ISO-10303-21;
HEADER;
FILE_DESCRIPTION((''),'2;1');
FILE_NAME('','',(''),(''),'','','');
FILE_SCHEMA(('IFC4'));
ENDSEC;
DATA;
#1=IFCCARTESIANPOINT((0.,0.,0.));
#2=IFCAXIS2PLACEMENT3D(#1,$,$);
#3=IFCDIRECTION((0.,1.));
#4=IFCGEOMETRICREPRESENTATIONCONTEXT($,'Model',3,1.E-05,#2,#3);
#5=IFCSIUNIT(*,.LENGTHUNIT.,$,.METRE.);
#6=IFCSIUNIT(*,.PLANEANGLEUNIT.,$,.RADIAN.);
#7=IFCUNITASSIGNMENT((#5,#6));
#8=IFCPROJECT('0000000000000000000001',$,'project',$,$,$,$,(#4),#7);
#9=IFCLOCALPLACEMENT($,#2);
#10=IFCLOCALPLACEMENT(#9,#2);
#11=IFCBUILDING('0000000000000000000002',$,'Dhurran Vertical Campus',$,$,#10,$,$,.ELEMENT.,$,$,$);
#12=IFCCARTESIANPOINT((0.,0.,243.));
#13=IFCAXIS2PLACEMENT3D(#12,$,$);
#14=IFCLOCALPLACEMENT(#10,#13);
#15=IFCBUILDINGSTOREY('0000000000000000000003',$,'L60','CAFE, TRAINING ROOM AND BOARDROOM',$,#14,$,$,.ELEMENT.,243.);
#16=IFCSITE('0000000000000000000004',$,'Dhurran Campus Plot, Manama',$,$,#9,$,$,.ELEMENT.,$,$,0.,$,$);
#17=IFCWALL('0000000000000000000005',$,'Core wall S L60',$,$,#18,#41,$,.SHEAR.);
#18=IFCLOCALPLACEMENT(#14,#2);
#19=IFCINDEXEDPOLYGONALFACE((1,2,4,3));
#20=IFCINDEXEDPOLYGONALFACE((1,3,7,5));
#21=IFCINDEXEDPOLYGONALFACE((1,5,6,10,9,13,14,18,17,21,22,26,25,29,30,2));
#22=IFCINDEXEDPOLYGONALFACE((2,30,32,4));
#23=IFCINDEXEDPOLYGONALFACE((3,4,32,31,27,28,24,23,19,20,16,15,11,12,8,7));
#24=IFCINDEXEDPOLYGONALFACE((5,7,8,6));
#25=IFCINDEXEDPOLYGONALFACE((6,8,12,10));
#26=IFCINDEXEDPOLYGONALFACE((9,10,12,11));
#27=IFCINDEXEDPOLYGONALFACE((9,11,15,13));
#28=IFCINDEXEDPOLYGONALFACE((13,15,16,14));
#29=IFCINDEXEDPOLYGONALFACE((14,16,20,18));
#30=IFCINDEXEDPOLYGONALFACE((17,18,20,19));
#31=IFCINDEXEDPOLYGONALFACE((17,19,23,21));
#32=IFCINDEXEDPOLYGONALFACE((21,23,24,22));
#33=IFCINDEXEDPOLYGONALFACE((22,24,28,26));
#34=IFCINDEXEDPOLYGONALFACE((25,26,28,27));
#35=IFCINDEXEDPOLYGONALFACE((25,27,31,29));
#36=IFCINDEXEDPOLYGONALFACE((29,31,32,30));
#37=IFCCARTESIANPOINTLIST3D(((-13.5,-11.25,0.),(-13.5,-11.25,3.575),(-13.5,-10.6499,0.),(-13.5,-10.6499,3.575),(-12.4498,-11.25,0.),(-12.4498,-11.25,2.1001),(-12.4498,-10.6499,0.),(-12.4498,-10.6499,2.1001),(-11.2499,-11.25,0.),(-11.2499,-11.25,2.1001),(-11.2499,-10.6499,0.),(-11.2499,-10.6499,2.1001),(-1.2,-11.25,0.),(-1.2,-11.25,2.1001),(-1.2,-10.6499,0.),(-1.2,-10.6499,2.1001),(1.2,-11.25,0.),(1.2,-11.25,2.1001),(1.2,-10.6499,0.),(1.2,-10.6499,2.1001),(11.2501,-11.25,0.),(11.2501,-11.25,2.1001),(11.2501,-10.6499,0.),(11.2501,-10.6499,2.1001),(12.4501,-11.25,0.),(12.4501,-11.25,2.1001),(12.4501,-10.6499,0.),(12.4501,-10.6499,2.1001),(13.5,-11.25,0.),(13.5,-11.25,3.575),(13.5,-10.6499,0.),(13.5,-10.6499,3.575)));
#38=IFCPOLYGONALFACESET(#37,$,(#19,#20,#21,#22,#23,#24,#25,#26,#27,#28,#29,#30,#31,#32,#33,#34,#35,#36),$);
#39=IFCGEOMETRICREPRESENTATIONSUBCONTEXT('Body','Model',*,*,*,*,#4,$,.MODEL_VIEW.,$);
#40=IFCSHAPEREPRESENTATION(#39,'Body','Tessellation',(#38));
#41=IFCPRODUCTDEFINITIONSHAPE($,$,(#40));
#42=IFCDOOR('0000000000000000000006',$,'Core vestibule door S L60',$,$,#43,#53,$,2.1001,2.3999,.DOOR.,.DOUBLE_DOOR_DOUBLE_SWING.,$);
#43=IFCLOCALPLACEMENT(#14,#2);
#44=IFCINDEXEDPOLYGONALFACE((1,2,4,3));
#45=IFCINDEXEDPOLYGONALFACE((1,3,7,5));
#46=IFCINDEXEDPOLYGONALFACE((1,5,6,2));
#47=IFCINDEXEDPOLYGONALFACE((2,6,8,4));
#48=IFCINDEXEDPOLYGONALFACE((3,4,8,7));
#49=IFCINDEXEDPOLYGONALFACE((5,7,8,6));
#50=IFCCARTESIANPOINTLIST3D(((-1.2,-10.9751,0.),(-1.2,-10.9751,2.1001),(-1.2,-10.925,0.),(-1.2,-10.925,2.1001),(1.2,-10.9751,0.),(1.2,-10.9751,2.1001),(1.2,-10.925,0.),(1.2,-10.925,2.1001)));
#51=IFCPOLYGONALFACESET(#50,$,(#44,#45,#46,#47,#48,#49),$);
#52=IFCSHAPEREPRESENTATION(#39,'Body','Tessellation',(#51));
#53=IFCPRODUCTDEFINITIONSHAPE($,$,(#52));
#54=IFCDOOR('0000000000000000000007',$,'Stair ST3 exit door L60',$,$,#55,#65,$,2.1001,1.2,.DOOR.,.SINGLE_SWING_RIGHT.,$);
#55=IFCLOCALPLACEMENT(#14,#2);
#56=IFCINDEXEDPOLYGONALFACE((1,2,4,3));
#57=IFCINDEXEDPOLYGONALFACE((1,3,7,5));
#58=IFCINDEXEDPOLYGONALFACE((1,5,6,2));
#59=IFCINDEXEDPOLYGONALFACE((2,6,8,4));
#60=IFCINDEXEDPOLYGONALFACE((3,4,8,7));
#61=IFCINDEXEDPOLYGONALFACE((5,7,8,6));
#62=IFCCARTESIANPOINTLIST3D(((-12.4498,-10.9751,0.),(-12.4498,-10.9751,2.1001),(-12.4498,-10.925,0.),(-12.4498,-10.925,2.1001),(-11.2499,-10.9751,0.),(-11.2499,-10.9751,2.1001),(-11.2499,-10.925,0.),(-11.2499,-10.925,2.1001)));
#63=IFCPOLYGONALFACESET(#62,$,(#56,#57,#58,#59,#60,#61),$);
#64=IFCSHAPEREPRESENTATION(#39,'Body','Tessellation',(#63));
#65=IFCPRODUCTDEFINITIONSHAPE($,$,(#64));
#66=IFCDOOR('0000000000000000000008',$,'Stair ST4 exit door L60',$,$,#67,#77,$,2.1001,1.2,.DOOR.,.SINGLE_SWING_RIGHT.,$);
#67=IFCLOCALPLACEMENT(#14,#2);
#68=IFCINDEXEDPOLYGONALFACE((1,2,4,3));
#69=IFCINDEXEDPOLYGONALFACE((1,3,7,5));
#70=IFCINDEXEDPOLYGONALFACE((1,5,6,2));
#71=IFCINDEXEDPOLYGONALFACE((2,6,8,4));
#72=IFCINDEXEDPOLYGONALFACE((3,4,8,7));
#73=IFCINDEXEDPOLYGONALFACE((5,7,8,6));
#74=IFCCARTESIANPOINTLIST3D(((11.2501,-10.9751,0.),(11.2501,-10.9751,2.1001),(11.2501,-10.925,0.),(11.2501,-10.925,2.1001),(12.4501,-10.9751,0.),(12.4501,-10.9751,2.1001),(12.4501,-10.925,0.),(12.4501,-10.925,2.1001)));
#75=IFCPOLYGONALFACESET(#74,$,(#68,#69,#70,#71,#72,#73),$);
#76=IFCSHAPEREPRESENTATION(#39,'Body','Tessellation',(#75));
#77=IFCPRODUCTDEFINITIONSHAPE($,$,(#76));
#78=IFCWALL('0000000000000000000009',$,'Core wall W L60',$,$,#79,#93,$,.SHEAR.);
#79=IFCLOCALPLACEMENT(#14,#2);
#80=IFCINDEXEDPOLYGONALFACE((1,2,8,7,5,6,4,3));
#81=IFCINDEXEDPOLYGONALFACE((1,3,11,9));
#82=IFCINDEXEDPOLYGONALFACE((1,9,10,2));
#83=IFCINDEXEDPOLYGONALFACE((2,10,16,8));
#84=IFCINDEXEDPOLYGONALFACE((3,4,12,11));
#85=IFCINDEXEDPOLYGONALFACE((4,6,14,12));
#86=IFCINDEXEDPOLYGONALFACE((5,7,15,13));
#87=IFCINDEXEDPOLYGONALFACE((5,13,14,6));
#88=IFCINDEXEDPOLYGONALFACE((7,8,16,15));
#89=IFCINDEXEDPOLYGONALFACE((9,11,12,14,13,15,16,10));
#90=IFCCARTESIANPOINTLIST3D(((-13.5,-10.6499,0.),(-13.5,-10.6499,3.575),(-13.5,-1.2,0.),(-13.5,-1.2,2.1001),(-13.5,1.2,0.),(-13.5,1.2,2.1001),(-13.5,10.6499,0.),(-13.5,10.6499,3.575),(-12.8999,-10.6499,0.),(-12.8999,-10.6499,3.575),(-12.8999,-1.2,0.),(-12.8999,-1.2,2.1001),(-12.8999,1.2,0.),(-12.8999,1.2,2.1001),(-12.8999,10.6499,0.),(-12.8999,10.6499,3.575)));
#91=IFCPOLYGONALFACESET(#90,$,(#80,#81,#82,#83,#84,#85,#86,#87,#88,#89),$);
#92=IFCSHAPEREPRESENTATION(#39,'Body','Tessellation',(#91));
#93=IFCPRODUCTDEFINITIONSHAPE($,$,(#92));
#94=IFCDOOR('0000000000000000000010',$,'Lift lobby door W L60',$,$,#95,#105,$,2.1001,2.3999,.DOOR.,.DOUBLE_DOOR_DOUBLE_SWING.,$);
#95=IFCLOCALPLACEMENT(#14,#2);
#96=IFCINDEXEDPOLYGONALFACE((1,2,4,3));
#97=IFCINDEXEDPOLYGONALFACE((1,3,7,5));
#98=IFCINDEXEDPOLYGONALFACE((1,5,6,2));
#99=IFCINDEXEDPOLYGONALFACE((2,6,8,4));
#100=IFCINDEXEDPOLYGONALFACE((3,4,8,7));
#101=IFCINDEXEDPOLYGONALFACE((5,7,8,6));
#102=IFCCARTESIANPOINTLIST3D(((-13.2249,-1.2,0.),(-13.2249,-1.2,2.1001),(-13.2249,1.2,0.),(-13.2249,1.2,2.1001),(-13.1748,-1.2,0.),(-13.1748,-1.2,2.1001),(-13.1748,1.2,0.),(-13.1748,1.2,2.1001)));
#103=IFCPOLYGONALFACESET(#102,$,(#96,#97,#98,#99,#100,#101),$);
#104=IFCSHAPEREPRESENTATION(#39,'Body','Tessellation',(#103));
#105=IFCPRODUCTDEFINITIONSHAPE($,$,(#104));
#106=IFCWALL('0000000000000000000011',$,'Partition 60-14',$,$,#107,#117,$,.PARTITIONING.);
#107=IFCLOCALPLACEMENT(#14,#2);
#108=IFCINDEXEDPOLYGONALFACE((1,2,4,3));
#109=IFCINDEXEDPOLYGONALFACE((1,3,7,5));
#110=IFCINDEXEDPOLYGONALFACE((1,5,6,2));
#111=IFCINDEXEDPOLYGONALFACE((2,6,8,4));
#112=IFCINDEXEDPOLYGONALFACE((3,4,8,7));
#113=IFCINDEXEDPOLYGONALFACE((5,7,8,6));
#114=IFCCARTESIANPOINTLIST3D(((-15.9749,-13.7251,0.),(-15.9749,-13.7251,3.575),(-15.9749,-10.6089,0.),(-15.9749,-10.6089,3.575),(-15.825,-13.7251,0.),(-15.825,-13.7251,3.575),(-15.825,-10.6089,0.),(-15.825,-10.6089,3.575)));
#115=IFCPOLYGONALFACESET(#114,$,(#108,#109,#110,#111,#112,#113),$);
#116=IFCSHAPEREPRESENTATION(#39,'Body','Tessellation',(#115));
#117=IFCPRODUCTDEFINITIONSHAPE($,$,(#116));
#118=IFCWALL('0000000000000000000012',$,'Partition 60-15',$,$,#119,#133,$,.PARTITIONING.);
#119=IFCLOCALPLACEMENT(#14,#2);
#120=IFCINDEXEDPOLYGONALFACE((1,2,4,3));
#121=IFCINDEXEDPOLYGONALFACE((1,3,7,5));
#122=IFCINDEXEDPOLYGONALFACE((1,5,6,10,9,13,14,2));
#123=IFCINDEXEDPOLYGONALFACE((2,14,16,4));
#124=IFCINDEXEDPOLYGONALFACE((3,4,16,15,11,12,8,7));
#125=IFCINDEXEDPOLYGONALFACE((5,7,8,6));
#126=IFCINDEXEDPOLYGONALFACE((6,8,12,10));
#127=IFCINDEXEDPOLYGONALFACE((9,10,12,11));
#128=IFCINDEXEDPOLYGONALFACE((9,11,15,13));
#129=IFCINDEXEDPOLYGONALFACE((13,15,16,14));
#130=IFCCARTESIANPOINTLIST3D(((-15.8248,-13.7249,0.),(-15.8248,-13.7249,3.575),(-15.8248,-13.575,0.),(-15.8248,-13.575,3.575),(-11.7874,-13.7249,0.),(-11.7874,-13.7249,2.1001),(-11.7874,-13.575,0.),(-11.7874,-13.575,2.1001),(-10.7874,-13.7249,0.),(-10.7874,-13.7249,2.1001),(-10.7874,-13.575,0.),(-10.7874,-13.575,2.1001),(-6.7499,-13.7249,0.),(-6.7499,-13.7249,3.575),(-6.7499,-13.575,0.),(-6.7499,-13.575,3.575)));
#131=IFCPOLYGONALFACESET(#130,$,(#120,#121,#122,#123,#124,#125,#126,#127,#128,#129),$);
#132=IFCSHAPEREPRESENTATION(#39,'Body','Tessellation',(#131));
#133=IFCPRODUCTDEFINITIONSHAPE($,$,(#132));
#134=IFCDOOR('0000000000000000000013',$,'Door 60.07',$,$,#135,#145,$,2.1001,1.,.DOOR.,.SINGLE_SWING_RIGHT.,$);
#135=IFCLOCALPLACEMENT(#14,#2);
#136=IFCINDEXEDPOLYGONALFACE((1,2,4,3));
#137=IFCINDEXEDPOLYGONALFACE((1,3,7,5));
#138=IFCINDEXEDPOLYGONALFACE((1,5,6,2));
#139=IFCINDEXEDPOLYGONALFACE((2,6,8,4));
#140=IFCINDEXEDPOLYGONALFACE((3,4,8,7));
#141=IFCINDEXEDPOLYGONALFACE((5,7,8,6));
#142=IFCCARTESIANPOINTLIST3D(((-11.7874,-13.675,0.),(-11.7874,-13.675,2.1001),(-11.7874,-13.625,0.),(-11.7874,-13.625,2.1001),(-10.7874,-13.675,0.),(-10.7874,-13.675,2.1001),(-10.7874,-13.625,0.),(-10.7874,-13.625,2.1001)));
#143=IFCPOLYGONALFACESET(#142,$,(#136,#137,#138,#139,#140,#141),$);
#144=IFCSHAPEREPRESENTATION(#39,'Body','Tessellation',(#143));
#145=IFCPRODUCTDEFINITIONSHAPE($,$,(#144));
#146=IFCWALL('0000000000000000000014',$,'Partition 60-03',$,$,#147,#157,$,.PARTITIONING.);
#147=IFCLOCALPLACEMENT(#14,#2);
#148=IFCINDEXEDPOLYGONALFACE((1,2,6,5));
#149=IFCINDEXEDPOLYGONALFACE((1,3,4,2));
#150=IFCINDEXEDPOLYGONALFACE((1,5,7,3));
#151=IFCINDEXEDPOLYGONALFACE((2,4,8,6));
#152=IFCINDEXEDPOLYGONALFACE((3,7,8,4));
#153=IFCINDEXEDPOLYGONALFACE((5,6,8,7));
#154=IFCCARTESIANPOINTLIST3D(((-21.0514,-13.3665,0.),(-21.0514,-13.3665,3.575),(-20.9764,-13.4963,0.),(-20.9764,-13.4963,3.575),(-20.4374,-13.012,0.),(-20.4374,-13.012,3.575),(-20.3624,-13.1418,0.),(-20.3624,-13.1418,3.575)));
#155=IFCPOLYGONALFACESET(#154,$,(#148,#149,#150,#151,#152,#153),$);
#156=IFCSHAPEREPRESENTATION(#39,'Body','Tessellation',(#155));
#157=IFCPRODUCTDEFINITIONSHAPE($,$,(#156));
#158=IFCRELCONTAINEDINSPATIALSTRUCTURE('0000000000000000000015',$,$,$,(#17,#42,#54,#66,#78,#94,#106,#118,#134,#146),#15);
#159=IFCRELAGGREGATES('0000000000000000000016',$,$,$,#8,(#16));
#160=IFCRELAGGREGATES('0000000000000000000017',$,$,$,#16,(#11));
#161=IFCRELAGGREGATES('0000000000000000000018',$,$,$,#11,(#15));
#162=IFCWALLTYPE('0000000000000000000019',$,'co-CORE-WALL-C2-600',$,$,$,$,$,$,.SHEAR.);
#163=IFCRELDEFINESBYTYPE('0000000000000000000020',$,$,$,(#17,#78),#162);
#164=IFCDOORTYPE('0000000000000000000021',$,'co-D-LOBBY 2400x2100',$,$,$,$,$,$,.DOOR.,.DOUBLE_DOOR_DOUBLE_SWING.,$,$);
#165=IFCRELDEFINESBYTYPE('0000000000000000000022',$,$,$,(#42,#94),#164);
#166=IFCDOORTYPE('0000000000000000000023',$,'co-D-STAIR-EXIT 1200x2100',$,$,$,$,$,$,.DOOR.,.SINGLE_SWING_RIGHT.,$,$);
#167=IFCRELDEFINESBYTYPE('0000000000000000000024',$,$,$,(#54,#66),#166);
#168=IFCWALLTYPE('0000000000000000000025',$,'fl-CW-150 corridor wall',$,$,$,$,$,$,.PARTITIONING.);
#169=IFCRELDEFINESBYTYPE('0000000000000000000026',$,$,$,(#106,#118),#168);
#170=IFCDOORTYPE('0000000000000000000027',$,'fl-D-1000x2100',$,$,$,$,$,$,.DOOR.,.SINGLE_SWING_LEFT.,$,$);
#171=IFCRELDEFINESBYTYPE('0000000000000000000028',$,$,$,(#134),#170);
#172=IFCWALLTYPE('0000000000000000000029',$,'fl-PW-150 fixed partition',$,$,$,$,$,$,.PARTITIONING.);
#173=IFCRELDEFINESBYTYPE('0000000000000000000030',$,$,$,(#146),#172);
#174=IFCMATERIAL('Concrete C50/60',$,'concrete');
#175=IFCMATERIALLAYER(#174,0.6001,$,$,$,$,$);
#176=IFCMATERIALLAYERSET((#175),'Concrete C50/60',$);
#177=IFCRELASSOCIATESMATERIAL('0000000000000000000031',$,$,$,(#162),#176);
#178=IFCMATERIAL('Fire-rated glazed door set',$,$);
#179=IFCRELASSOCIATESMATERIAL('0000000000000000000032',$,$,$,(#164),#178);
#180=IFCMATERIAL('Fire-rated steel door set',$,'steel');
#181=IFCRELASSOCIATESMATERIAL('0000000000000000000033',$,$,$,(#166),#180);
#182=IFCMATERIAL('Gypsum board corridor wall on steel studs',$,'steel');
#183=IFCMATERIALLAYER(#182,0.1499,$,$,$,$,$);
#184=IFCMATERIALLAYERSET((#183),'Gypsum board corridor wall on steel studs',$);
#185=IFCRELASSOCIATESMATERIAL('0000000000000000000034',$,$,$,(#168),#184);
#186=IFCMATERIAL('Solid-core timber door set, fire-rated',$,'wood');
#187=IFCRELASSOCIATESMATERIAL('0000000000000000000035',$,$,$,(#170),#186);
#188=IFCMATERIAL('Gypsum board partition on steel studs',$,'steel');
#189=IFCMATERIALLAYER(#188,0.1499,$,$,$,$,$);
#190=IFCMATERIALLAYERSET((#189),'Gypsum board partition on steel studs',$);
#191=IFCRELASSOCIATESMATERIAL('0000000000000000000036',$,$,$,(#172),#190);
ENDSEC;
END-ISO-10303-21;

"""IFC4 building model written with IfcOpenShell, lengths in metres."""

from ifc_helpers import new_model, si_unit, direction, frame, frame_2d, origin, place, context, subcontext, project, spatial, rectangle, extrude, material, layer, layer_set, type_object, element, fill, save


model = new_model("IFC4")

# Units and contexts
model_context = context("Model", 3, precision=1e-05, world=origin(), true_north=direction((0.0, 1.0)))
body_context = subcontext(model_context, "Body", "Model", "MODEL_VIEW")
ifc_project = project(units=[si_unit("LENGTHUNIT", "METRE"), si_unit("PLANEANGLEUNIT", "RADIAN")], contexts=[model_context])

# Site, building, storey
site_placement = place(None, origin())
site = spatial("IfcSite", under=ifc_project, at=site_placement, Name="Dhurran Campus Plot, Manama", CompositionType="ELEMENT", RefElevation=0.0)
building_placement = place(site_placement, origin())
building = spatial("IfcBuilding", under=site, at=building_placement, Name="Dhurran Vertical Campus", CompositionType="ELEMENT")
storey_placement = place(building_placement, frame((0.0, 0.0, 243.0)))
storey = spatial("IfcBuildingStorey", under=building, at=storey_placement, Name="L60", Description="CAFE, TRAINING ROOM AND BOARDROOM", CompositionType="ELEMENT", Elevation=243.0)

# Wall, openings, doors
ifc_material_1 = material(Name="Concrete C50/60", Category="concrete")
ifc_layer_1 = layer(ifc_material_1, 0.6001)
ifc_layer_set_1 = layer_set([ifc_layer_1], Name="Concrete C50/60")
wall_type_1 = type_object("IfcWallType", Name="co-CORE-WALL-C2-600", PredefinedType="SHEAR", material=ifc_layer_set_1)
wall_1_placement = place(storey_placement, frame((-13.5, -10.95, 0.0), z_axis=(0.0, 0.0, 1.0), x_axis=(1.0, 0.0, 0.0)))
wall_1 = element("IfcWall", 1, at=wall_1_placement, inside=storey, type_object=wall_type_1, Name="Core wall S L60", PredefinedType="SHEAR", context=body_context, shape_type="SweptSolid", body=[
    extrude(rectangle(XDim=27.0, YDim=0.6001, at=frame_2d((13.5, 0.0))), origin(), (0.0, 0.0, 1.0), 3.575),
])
opening_1_placement = place(wall_1_placement, frame((12.3, 0.0, 0.0)))
opening_1 = element("IfcOpeningElement", 2, at=opening_1_placement, cuts=wall_1, PredefinedType="OPENING", context=body_context, shape_type="SweptSolid", body=[
    extrude(rectangle(XDim=2.3999, YDim=2.1001, at=frame_2d((1.2, 1.05))), frame((0.0, 0.3101, 0.0), z_axis=(0.0, -1.0, 0.0), x_axis=(1.0, 0.0, 0.0)), (0.0, 0.0, 1.0), 0.6201),
])
opening_2_placement = place(wall_1_placement, frame((1.05, 0.0, 0.0)))
opening_2 = element("IfcOpeningElement", 3, at=opening_2_placement, cuts=wall_1, PredefinedType="OPENING", context=body_context, shape_type="SweptSolid", body=[
    extrude(rectangle(XDim=1.2, YDim=2.1001, at=frame_2d((0.6001, 1.05))), frame((0.0, 0.3101, 0.0), z_axis=(0.0, -1.0, 0.0), x_axis=(1.0, 0.0, 0.0)), (0.0, 0.0, 1.0), 0.6201),
])
opening_3_placement = place(wall_1_placement, frame((24.75, 0.0, 0.0)))
opening_3 = element("IfcOpeningElement", 4, at=opening_3_placement, cuts=wall_1, PredefinedType="OPENING", context=body_context, shape_type="SweptSolid", body=[
    extrude(rectangle(XDim=1.2, YDim=2.1001, at=frame_2d((0.6001, 1.05))), frame((0.0, 0.3101, 0.0), z_axis=(0.0, -1.0, 0.0), x_axis=(1.0, 0.0, 0.0)), (0.0, 0.0, 1.0), 0.6201),
])
ifc_material_2 = material(Name="Fire-rated glazed door set")
door_type_1 = type_object("IfcDoorType", Name="co-D-LOBBY 2400x2100", OperationType="DOUBLE_DOOR_DOUBLE_SWING", PredefinedType="DOOR", material=ifc_material_2)
door_1_placement = place(opening_1_placement, origin())
door_1 = element("IfcDoor", 5, at=door_1_placement, inside=storey, type_object=door_type_1, Name="Core vestibule door S L60", OperationType="DOUBLE_DOOR_DOUBLE_SWING", OverallHeight=2.1001, OverallWidth=2.3999, PredefinedType="DOOR", context=body_context, shape_type="SweptSolid", body=[
    extrude(rectangle(XDim=2.3999, YDim=2.1001, at=frame_2d((1.2, 1.05))), frame((0.0, 0.0249, 0.0), z_axis=(0.0, -1.0, 0.0), x_axis=(1.0, 0.0, 0.0)), (0.0, 0.0, 1.0), 0.05),
])
fill(opening_1, door_1)
ifc_material_3 = material(Name="Fire-rated steel door set", Category="steel")
door_type_2 = type_object("IfcDoorType", Name="co-D-STAIR-EXIT 1200x2100", OperationType="SINGLE_SWING_RIGHT", PredefinedType="DOOR", material=ifc_material_3)
door_2_placement = place(opening_2_placement, origin())
door_2 = element("IfcDoor", 6, at=door_2_placement, inside=storey, type_object=door_type_2, Name="Stair ST3 exit door L60", OperationType="SINGLE_SWING_RIGHT", OverallHeight=2.1001, OverallWidth=1.2, PredefinedType="DOOR", context=body_context, shape_type="SweptSolid", body=[
    extrude(rectangle(XDim=1.2, YDim=2.1001, at=frame_2d((0.6001, 1.05))), frame((0.0, 0.0249, 0.0), z_axis=(0.0, -1.0, 0.0), x_axis=(1.0, 0.0, 0.0)), (0.0, 0.0, 1.0), 0.05),
])
fill(opening_2, door_2)
door_3_placement = place(opening_3_placement, origin())
door_3 = element("IfcDoor", 7, at=door_3_placement, inside=storey, type_object=door_type_2, Name="Stair ST4 exit door L60", OperationType="SINGLE_SWING_RIGHT", OverallHeight=2.1001, OverallWidth=1.2, PredefinedType="DOOR", context=body_context, shape_type="SweptSolid", body=[
    extrude(rectangle(XDim=1.2, YDim=2.1001, at=frame_2d((0.6001, 1.05))), frame((0.0, 0.0249, 0.0), z_axis=(0.0, -1.0, 0.0), x_axis=(1.0, 0.0, 0.0)), (0.0, 0.0, 1.0), 0.05),
])
fill(opening_3, door_3)

# Wall, opening, door
wall_2_placement = place(storey_placement, frame((-13.2, -10.6499, 0.0), z_axis=(0.0, 0.0, 1.0), x_axis=(0.0, 1.0, 0.0)))
wall_2 = element("IfcWall", 8, at=wall_2_placement, inside=storey, type_object=wall_type_1, Name="Core wall W L60", PredefinedType="SHEAR", context=body_context, shape_type="SweptSolid", body=[
    extrude(rectangle(XDim=21.2998, YDim=0.6001, at=frame_2d((10.6499, 0.0))), origin(), (0.0, 0.0, 1.0), 3.575),
])
opening_4_placement = place(wall_2_placement, frame((9.45, 0.0, 0.0)))
opening_4 = element("IfcOpeningElement", 9, at=opening_4_placement, cuts=wall_2, PredefinedType="OPENING", context=body_context, shape_type="SweptSolid", body=[
    extrude(rectangle(XDim=2.3999, YDim=2.1001, at=frame_2d((1.2, 1.05))), frame((0.0, 0.3101, 0.0), z_axis=(0.0, -1.0, 0.0), x_axis=(1.0, 0.0, 0.0)), (0.0, 0.0, 1.0), 0.6201),
])
door_4_placement = place(opening_4_placement, origin())
door_4 = element("IfcDoor", 10, at=door_4_placement, inside=storey, type_object=door_type_1, Name="Lift lobby door W L60", OperationType="DOUBLE_DOOR_DOUBLE_SWING", OverallHeight=2.1001, OverallWidth=2.3999, PredefinedType="DOOR", context=body_context, shape_type="SweptSolid", body=[
    extrude(rectangle(XDim=2.3999, YDim=2.1001, at=frame_2d((1.2, 1.05))), frame((0.0, 0.0249, 0.0), z_axis=(0.0, -1.0, 0.0), x_axis=(1.0, 0.0, 0.0)), (0.0, 0.0, 1.0), 0.05),
])
fill(opening_4, door_4)

# Wall
ifc_material_4 = material(Name="Gypsum board corridor wall on steel studs", Category="steel")
ifc_layer_2 = layer(ifc_material_4, 0.1499)
ifc_layer_set_2 = layer_set([ifc_layer_2], Name="Gypsum board corridor wall on steel studs")
wall_type_2 = type_object("IfcWallType", Name="fl-CW-150 corridor wall", PredefinedType="PARTITIONING", material=ifc_layer_set_2)
wall_3_placement = place(storey_placement, frame((-15.8999, -10.6089, 0.0), z_axis=(0.0, 0.0, 1.0), x_axis=(0.0, -1.0, 0.0)))
element("IfcWall", 11, at=wall_3_placement, inside=storey, type_object=wall_type_2, Name="Partition 60-14", PredefinedType="PARTITIONING", context=body_context, shape_type="SweptSolid", body=[
    extrude(rectangle(XDim=3.1162, YDim=0.1499, at=frame_2d((1.5581, 0.0))), origin(), (0.0, 0.0, 1.0), 3.575),
])

# Wall, opening, door
wall_4_placement = place(storey_placement, frame((-15.825, -13.6499, 0.0), z_axis=(0.0, 0.0, 1.0), x_axis=(1.0, 0.0, 0.0)))
wall_4 = element("IfcWall", 12, at=wall_4_placement, inside=storey, type_object=wall_type_2, Name="Partition 60-15", PredefinedType="PARTITIONING", context=body_context, shape_type="SweptSolid", body=[
    extrude(rectangle(XDim=9.075, YDim=0.1499, at=frame_2d((4.5376, 0.0))), origin(), (0.0, 0.0, 1.0), 3.575),
])
opening_5_placement = place(wall_4_placement, frame((4.0376, 0.0, 0.0)))
opening_5 = element("IfcOpeningElement", 13, at=opening_5_placement, cuts=wall_4, PredefinedType="OPENING", context=body_context, shape_type="SweptSolid", body=[
    extrude(rectangle(XDim=1.0, YDim=2.1001, at=frame_2d((0.5, 1.05))), frame((0.0, 0.085, 0.0), z_axis=(0.0, -1.0, 0.0), x_axis=(1.0, 0.0, 0.0)), (0.0, 0.0, 1.0), 0.1699),
])
ifc_material_5 = material(Name="Solid-core timber door set, fire-rated", Category="wood")
door_type_3 = type_object("IfcDoorType", Name="fl-D-1000x2100", OperationType="SINGLE_SWING_LEFT", PredefinedType="DOOR", material=ifc_material_5)
door_5_placement = place(opening_5_placement, origin())
door_5 = element("IfcDoor", 14, at=door_5_placement, inside=storey, type_object=door_type_3, Name="Door 60.07", OperationType="SINGLE_SWING_RIGHT", OverallHeight=2.1001, OverallWidth=1.0, PredefinedType="DOOR", context=body_context, shape_type="SweptSolid", body=[
    extrude(rectangle(XDim=1.0, YDim=2.1001, at=frame_2d((0.5, 1.05))), frame((0.0, 0.0249, 0.0), z_axis=(0.0, -1.0, 0.0), x_axis=(1.0, 0.0, 0.0)), (0.0, 0.0, 1.0), 0.05),
])
fill(opening_5, door_5)

# Wall
ifc_material_6 = material(Name="Gypsum board partition on steel studs", Category="steel")
ifc_layer_3 = layer(ifc_material_6, 0.1499)
ifc_layer_set_3 = layer_set([ifc_layer_3], Name="Gypsum board partition on steel studs")
wall_type_3 = type_object("IfcWallType", Name="fl-PW-150 fixed partition", PredefinedType="PARTITIONING", material=ifc_layer_set_3)
wall_5_placement = place(storey_placement, frame((-20.3999, -13.0769, 0.0), z_axis=(0.0, 0.0, 1.0), x_axis=(-0.866031, -0.499991, 0.0)))
element("IfcWall", 15, at=wall_5_placement, inside=storey, type_object=wall_type_3, Name="Partition 60-03", PredefinedType="PARTITIONING", context=body_context, shape_type="SweptSolid", body=[
    extrude(rectangle(XDim=0.709, YDim=0.1499, at=frame_2d((0.3545, 0.0))), origin(), (0.0, 0.0, 1.0), 3.575),
])

save(model, "model.ifc")
